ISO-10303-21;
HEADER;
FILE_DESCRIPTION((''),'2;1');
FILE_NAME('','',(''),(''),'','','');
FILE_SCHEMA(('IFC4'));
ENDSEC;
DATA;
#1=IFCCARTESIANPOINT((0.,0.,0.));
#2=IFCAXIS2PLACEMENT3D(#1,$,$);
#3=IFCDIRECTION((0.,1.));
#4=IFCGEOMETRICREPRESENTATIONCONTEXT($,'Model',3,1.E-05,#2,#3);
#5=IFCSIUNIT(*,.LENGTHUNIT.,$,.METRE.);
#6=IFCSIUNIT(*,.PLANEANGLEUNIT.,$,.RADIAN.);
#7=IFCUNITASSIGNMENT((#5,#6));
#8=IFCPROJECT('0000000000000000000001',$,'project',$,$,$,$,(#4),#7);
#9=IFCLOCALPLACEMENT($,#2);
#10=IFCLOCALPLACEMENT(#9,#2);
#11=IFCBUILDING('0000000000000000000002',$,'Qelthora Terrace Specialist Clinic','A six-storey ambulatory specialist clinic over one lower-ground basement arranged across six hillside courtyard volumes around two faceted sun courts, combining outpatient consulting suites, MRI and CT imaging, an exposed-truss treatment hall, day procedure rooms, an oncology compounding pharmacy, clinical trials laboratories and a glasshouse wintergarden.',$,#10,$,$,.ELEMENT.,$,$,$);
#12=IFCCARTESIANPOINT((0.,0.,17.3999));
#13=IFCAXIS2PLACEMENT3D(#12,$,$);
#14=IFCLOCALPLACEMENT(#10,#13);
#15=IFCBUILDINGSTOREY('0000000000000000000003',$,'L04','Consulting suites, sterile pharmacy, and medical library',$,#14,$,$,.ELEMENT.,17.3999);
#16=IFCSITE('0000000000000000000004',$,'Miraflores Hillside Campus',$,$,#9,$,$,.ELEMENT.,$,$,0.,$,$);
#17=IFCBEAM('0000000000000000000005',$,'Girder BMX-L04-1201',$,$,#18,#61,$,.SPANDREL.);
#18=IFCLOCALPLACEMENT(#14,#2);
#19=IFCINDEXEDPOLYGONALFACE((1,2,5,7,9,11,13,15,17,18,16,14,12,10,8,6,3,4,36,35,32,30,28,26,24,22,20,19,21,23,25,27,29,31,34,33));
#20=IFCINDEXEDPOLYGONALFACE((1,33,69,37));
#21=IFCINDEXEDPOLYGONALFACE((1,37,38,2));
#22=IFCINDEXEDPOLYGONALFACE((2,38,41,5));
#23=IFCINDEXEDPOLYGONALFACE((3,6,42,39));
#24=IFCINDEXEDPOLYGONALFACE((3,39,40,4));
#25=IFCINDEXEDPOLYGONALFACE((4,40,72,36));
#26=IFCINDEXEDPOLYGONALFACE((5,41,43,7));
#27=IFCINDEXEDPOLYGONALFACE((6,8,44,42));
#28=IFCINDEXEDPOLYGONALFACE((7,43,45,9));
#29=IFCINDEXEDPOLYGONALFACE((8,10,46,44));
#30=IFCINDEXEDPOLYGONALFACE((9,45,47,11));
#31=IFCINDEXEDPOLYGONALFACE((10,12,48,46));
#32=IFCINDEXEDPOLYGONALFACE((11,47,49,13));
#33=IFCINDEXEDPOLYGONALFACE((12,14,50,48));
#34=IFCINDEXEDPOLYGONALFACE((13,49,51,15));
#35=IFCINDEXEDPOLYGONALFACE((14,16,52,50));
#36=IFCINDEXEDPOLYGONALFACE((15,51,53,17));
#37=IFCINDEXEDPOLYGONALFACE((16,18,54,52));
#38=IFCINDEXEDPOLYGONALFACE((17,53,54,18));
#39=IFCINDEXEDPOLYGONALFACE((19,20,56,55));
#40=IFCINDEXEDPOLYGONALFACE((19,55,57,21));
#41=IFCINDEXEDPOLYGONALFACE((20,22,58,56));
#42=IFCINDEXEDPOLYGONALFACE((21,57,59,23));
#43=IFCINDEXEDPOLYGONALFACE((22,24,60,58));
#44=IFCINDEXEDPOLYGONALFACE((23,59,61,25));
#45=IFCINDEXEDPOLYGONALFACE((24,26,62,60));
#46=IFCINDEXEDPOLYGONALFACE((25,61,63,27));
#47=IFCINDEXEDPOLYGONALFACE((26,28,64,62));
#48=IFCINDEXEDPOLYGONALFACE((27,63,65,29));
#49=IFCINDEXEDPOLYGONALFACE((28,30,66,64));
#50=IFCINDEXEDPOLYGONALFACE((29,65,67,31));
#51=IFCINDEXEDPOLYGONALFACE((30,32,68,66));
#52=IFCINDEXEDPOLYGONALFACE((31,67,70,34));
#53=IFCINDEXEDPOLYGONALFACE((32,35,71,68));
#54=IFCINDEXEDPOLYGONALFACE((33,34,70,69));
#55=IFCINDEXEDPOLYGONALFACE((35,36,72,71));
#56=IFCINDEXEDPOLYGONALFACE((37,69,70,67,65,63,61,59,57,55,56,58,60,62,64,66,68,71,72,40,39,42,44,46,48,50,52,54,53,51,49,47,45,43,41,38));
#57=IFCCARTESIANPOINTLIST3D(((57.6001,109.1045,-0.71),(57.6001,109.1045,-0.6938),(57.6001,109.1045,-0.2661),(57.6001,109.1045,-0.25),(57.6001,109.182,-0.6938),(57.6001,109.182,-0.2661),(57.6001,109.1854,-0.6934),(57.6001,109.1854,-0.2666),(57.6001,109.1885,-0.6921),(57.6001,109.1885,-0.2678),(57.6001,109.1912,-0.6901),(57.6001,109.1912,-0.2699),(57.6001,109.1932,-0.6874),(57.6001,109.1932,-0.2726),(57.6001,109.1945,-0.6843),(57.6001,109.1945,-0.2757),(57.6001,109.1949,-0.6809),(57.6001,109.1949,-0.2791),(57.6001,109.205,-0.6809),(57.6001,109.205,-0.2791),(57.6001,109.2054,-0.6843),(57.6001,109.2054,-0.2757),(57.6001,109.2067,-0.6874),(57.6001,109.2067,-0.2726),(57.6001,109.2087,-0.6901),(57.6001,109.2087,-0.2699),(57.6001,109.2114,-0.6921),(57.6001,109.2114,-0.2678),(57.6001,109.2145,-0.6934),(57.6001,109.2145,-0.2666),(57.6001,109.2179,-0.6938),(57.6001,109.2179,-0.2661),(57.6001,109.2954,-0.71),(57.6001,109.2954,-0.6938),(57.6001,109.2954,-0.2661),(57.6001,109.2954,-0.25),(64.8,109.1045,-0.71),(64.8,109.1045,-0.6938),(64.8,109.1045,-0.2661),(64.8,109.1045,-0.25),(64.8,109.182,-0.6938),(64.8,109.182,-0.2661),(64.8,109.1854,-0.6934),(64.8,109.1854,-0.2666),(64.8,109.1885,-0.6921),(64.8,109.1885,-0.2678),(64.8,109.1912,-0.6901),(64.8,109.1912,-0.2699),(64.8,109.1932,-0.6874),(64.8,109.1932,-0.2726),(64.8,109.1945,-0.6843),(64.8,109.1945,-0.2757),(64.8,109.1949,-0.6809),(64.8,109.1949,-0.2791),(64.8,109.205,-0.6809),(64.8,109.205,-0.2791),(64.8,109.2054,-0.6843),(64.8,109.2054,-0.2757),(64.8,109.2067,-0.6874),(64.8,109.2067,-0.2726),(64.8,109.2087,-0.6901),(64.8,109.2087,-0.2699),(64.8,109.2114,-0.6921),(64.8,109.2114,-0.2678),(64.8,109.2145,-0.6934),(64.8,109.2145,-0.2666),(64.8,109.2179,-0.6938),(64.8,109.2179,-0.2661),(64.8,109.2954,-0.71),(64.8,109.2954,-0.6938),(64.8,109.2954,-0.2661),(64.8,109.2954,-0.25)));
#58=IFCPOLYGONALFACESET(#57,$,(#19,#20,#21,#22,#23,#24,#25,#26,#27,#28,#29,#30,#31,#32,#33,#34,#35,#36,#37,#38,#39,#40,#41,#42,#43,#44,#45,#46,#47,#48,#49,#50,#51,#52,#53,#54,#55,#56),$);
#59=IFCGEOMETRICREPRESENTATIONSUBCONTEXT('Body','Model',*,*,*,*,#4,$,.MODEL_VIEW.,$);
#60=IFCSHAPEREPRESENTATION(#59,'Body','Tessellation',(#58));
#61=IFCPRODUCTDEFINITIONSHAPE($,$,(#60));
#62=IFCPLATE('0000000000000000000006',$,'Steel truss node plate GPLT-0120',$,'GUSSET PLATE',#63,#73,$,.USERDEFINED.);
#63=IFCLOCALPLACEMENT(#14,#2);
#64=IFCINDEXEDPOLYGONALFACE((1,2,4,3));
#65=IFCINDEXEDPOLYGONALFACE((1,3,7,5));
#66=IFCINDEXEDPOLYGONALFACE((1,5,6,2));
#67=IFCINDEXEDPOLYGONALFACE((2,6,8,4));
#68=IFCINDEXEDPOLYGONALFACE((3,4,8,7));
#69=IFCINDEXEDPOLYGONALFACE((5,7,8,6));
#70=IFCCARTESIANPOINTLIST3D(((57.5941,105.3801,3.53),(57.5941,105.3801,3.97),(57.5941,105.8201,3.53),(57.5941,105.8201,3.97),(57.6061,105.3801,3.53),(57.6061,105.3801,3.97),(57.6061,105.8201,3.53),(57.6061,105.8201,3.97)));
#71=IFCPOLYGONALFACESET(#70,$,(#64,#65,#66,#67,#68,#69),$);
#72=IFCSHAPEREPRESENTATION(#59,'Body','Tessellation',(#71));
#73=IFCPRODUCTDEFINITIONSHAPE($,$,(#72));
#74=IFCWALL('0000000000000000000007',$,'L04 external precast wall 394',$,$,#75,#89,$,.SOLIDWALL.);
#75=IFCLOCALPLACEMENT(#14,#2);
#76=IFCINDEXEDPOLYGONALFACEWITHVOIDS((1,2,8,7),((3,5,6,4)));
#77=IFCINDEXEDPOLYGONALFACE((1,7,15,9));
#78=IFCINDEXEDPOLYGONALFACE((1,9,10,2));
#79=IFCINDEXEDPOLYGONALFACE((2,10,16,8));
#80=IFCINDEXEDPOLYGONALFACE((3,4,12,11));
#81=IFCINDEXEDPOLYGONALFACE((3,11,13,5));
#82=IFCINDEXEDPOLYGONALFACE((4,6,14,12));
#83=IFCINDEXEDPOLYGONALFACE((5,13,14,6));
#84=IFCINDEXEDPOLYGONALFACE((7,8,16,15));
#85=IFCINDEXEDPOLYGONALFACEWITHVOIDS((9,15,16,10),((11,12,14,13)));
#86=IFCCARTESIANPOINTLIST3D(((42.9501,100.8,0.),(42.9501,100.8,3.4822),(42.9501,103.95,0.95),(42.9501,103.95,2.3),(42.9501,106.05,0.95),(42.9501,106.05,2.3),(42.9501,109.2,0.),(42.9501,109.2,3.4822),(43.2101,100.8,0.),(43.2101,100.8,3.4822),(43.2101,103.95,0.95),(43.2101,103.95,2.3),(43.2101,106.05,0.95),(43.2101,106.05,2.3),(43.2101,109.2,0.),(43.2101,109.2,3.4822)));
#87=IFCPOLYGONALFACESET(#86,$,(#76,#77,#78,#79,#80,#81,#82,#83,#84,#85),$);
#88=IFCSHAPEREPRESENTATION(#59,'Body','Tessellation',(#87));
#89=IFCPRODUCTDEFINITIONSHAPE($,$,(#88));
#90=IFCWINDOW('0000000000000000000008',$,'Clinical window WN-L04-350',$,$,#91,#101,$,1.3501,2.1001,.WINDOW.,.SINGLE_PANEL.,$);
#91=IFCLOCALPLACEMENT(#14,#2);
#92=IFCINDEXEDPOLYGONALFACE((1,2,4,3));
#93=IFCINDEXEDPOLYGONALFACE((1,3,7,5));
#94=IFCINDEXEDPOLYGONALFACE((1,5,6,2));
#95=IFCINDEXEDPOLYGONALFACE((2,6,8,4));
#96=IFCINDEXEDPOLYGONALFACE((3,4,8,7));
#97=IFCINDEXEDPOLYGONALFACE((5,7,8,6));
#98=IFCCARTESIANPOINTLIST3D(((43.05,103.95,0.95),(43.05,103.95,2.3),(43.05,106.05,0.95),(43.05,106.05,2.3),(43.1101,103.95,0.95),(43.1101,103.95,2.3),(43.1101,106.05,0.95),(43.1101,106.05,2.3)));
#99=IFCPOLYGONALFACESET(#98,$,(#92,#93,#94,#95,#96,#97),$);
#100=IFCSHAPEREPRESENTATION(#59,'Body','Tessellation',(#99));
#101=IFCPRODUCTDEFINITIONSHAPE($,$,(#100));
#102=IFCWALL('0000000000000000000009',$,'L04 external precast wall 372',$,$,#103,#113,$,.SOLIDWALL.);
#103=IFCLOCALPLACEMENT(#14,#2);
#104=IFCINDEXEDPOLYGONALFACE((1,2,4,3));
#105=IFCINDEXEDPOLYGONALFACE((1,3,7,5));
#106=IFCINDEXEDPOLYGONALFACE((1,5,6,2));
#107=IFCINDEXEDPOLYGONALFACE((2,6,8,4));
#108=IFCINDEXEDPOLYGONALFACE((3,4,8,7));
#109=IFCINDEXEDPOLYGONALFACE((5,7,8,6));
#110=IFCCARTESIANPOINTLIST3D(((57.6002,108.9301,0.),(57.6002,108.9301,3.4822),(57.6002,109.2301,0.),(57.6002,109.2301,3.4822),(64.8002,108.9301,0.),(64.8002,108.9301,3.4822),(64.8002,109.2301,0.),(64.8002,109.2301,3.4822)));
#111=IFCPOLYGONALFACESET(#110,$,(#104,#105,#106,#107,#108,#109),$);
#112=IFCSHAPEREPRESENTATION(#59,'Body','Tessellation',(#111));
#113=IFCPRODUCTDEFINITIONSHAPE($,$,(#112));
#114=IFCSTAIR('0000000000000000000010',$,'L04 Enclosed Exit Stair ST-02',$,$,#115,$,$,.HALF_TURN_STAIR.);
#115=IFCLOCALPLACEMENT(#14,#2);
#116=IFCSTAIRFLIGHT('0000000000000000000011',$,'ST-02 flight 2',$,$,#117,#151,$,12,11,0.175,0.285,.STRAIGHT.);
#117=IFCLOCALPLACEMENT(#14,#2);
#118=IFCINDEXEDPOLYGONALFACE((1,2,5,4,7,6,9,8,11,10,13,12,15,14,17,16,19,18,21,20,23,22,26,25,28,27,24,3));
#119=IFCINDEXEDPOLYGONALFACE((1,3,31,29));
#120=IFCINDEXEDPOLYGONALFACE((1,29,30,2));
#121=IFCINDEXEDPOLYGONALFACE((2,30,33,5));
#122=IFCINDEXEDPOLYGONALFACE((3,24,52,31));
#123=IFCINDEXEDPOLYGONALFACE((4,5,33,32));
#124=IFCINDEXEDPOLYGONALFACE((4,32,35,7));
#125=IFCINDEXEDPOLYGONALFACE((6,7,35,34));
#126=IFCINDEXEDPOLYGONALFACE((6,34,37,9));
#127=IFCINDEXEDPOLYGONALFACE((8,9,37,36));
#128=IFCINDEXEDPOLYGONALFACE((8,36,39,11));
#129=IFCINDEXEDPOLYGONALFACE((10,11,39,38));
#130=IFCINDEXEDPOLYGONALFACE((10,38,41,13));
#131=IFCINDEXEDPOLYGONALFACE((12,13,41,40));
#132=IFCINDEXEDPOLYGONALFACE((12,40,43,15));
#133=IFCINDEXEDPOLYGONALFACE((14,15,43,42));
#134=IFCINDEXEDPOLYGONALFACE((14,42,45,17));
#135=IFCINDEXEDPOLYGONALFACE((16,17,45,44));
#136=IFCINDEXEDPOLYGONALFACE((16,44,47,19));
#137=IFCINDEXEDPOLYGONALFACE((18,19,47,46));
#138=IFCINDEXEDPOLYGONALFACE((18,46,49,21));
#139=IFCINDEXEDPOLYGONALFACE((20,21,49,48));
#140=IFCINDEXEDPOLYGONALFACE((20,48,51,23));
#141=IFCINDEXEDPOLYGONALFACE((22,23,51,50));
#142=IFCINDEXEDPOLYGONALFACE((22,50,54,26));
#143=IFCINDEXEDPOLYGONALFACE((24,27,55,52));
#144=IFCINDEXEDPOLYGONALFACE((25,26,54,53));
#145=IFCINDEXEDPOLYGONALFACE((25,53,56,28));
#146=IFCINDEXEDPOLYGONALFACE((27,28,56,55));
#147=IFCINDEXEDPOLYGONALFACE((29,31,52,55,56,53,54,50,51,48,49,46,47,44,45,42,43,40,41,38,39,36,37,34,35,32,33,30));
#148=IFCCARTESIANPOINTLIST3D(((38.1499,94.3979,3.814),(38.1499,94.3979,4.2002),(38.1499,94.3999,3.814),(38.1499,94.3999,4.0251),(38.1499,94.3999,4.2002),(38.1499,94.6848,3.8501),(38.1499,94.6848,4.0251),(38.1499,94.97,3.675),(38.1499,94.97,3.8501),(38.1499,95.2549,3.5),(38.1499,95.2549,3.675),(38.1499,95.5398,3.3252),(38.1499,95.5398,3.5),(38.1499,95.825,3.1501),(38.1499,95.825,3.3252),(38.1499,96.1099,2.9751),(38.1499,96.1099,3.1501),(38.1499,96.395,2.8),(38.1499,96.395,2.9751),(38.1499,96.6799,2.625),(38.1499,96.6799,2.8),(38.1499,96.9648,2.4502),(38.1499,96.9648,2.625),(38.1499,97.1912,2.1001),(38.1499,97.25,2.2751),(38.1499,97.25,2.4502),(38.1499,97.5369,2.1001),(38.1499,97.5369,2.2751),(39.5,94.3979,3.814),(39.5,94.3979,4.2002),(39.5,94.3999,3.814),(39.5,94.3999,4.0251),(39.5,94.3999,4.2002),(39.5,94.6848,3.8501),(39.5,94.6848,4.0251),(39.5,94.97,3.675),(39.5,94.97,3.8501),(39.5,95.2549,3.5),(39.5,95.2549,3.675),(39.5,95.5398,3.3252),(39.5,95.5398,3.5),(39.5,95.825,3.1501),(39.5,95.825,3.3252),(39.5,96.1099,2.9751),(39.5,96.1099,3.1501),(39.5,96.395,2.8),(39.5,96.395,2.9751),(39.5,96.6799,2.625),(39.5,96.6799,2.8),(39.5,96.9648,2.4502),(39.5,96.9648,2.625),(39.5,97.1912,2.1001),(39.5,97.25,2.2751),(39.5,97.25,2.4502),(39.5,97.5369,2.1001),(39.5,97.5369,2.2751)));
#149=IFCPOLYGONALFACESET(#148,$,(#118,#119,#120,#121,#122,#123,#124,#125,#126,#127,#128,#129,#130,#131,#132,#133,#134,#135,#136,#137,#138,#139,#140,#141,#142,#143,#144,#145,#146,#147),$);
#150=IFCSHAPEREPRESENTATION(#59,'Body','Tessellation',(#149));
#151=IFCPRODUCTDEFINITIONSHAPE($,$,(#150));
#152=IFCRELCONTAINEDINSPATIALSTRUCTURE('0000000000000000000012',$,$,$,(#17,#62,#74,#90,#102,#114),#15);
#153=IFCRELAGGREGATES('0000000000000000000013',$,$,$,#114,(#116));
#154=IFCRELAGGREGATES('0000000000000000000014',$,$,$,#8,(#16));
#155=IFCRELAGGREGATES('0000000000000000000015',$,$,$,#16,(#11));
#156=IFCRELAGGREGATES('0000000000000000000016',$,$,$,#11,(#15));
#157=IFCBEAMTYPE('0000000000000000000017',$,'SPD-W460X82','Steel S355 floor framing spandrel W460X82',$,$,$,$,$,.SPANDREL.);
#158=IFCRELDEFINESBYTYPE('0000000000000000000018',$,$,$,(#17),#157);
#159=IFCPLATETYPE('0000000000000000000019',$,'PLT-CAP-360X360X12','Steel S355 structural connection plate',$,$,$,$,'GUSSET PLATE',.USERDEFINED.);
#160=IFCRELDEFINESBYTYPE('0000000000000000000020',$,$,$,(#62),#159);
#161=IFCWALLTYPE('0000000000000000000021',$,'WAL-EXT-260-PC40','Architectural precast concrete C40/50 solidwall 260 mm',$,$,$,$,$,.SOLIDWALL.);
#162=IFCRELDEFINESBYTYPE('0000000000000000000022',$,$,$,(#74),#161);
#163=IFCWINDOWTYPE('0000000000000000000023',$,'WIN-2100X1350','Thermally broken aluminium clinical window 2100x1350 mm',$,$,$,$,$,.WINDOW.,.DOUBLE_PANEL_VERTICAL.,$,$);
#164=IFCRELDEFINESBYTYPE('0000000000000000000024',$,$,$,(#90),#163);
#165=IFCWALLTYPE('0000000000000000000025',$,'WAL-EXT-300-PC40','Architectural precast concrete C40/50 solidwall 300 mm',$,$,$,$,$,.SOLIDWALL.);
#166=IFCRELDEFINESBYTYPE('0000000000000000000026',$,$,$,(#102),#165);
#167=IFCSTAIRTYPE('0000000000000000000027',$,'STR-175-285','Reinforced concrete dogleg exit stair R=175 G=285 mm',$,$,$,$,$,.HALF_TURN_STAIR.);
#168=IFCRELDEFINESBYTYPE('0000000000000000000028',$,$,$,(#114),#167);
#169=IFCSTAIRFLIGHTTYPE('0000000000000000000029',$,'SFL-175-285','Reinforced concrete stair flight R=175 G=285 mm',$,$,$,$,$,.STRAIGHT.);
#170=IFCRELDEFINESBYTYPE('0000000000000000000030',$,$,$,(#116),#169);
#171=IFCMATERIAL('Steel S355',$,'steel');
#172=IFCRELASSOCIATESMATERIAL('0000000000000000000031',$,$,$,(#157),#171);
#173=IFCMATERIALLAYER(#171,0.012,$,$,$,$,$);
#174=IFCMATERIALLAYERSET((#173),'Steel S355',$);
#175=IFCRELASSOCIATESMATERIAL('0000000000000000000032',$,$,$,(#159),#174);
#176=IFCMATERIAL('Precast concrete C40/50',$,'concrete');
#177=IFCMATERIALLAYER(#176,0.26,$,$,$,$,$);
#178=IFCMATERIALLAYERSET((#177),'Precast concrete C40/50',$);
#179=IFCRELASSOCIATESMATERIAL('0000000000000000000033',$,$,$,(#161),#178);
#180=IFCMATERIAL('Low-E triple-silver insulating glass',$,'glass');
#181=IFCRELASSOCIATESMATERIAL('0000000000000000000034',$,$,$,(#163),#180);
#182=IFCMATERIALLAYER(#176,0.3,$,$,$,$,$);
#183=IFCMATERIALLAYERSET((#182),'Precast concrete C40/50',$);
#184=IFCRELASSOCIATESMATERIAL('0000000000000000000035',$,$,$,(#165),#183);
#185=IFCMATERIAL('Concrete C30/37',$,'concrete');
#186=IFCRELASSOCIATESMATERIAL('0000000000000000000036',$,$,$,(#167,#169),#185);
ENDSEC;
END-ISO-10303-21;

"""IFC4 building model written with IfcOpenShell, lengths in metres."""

from ifc_helpers import new_model, si_unit, direction, frame, frame_2d, origin, origin_2d, place, context, subcontext, project, spatial, polyline, rectangle, i_section, outline, extrude, material, layer, layer_set, material_profile, profile_set, type_object, element, fill, aggregate, save


model = new_model("IFC4")

# Units and contexts
model_context = context("Model", 3, precision=1e-05, world=origin(), true_north=direction((0.0, 1.0)))
body_context = subcontext(model_context, "Body", "Model", "MODEL_VIEW")
ifc_project = project(units=[si_unit("LENGTHUNIT", "METRE"), si_unit("PLANEANGLEUNIT", "RADIAN")], contexts=[model_context])

# Site, building, storey
site_placement = place(None, origin())
site = spatial("IfcSite", under=ifc_project, at=site_placement, Name="Miraflores Hillside Campus", CompositionType="ELEMENT", RefElevation=0.0)
building_placement = place(site_placement, origin())
building = spatial("IfcBuilding", under=site, at=building_placement, Name="Qelthora Terrace Specialist Clinic", Description="A six-storey ambulatory specialist clinic over one lower-ground basement arranged across six hillside courtyard volumes around two faceted sun courts, combining outpatient consulting suites, MRI and CT imaging, an exposed-truss treatment hall, day procedure rooms, an oncology compounding pharmacy, clinical trials laboratories and a glasshouse wintergarden.", CompositionType="ELEMENT")
storey_placement = place(building_placement, frame((0.0, 0.0, 17.3999)))
storey = spatial("IfcBuildingStorey", under=building, at=storey_placement, Name="L04", Description="Consulting suites, sterile pharmacy, and medical library", CompositionType="ELEMENT", Elevation=17.3999)

# Shared definitions
ifc_material_1 = material(Name="Steel S355", Category="steel")

# Beam
ifc_material_profile_1 = material_profile(ifc_material_1, i_section(OverallWidth=0.1909, OverallDepth=0.46, WebThickness=0.01, FlangeThickness=0.0161, FilletRadius=0.0129, at=origin_2d()), Name="W460X82")
ifc_profile_set_1 = profile_set([ifc_material_profile_1], Name="Steel S355")
beam_type_1 = type_object("IfcBeamType", Name="SPD-W460X82", Description="Steel S355 floor framing spandrel W460X82", PredefinedType="SPANDREL", material=ifc_profile_set_1)
beam_1_placement = place(storey_placement, frame((57.6001, 109.2, -0.48), z_axis=(1.0, 0.0, 0.0), x_axis=(0.0, 1.0, 0.0)))
element("IfcBeam", 1, at=beam_1_placement, inside=storey, type_object=beam_type_1, Name="Girder BMX-L04-1201", PredefinedType="SPANDREL", context=body_context, shape_type="SweptSolid", body=[
    extrude(i_section(OverallWidth=0.1909, OverallDepth=0.46, WebThickness=0.01, FlangeThickness=0.0161, FilletRadius=0.0129, at=origin_2d()), origin(), (0.0, 0.0, 1.0), 7.2),
])

# Plate
ifc_layer_1 = layer(ifc_material_1, 0.012)
ifc_layer_set_1 = layer_set([ifc_layer_1], Name="Steel S355")
plate_type = type_object("IfcPlateType", Name="PLT-CAP-360X360X12", Description="Steel S355 structural connection plate", ElementType="GUSSET PLATE", PredefinedType="USERDEFINED", material=ifc_layer_set_1)
plate_placement = place(storey_placement, frame((57.6001, 105.6001, 3.53), z_axis=(0.0, 0.0, 1.0), x_axis=(1.0, 0.0, 0.0)))
element("IfcPlate", 2, at=plate_placement, inside=storey, type_object=plate_type, Name="Steel truss node plate GPLT-0120", ObjectType="GUSSET PLATE", PredefinedType="USERDEFINED", context=body_context, shape_type="SweptSolid", body=[
    extrude(rectangle(XDim=0.012, YDim=0.4399, at=origin_2d()), origin(), (0.0, 0.0, 1.0), 0.4399),
])

# Wall, opening, window
ifc_material_2 = material(Name="Precast concrete C40/50", Category="concrete")
ifc_layer_2 = layer(ifc_material_2, 0.26)
ifc_layer_set_2 = layer_set([ifc_layer_2], Name="Precast concrete C40/50")
wall_type_1 = type_object("IfcWallType", Name="WAL-EXT-260-PC40", Description="Architectural precast concrete C40/50 solidwall 260 mm", PredefinedType="SOLIDWALL", material=ifc_layer_set_2)
wall_1_placement = place(storey_placement, frame((43.0801, 100.8, 0.0), z_axis=(0.0, 0.0, 1.0), x_axis=(0.0, 1.0, 0.0)))
wall_1 = element("IfcWall", 3, at=wall_1_placement, inside=storey, type_object=wall_type_1, Name="L04 external precast wall 394", PredefinedType="SOLIDWALL", context=body_context, shape_type="SweptSolid", body=[
    extrude(rectangle(XDim=8.3999, YDim=0.26, at=frame_2d((4.2, 0.0))), origin(), (0.0, 0.0, 1.0), 3.4822),
])
opening_placement = place(wall_1_placement, frame((3.1499, 0.0, 0.95)))
opening = element("IfcOpeningElement", 4, at=opening_placement, cuts=wall_1, PredefinedType="OPENING", context=body_context, shape_type="SweptSolid", body=[
    extrude(rectangle(XDim=2.1001, YDim=1.3501, at=frame_2d((1.05, 0.675))), frame((0.0, 0.1399, 0.0), z_axis=(0.0, -1.0, 0.0), x_axis=(1.0, 0.0, 0.0)), (0.0, 0.0, 1.0), 0.28),
])
ifc_material_3 = material(Name="Low-E triple-silver insulating glass", Category="glass")
window_type = type_object("IfcWindowType", Name="WIN-2100X1350", Description="Thermally broken aluminium clinical window 2100x1350 mm", PartitioningType="DOUBLE_PANEL_VERTICAL", PredefinedType="WINDOW", material=ifc_material_3)
window_placement = place(opening_placement, origin())
window = element("IfcWindow", 5, at=window_placement, inside=storey, type_object=window_type, Name="Clinical window WN-L04-350", OverallHeight=1.3501, OverallWidth=2.1001, PartitioningType="SINGLE_PANEL", PredefinedType="WINDOW", context=body_context, shape_type="SweptSolid", body=[
    extrude(rectangle(XDim=2.1001, YDim=1.3501, at=frame_2d((1.05, 0.675))), frame((0.0, 0.03, 0.0), z_axis=(0.0, -1.0, 0.0), x_axis=(1.0, 0.0, 0.0)), (0.0, 0.0, 1.0), 0.0601),
])
fill(opening, window)

# Wall
ifc_layer_3 = layer(ifc_material_2, 0.3)
ifc_layer_set_3 = layer_set([ifc_layer_3], Name="Precast concrete C40/50")
wall_type_2 = type_object("IfcWallType", Name="WAL-EXT-300-PC40", Description="Architectural precast concrete C40/50 solidwall 300 mm", PredefinedType="SOLIDWALL", material=ifc_layer_set_3)
wall_2_placement = place(storey_placement, frame((57.6001, 109.0801, 0.0), z_axis=(0.0, 0.0, 1.0), x_axis=(1.0, 0.0, 0.0)))
element("IfcWall", 6, at=wall_2_placement, inside=storey, type_object=wall_type_2, Name="L04 external precast wall 372", PredefinedType="SOLIDWALL", context=body_context, shape_type="SweptSolid", body=[
    extrude(rectangle(XDim=7.2, YDim=0.3, at=frame_2d((3.6001, 0.0))), origin(), (0.0, 0.0, 1.0), 3.4822),
])

# Stair, stair flight
ifc_material_4 = material(Name="Concrete C30/37", Category="concrete")
stair_type = type_object("IfcStairType", Name="STR-175-285", Description="Reinforced concrete dogleg exit stair R=175 G=285 mm", PredefinedType="HALF_TURN_STAIR", material=ifc_material_4)
stair_placement = place(storey_placement, origin())
stair = element("IfcStair", 7, at=stair_placement, inside=storey, type_object=stair_type, Name="L04 Enclosed Exit Stair ST-02", PredefinedType="HALF_TURN_STAIR")
stair_flight_type = type_object("IfcStairFlightType", Name="SFL-175-285", Description="Reinforced concrete stair flight R=175 G=285 mm", PredefinedType="STRAIGHT", material=ifc_material_4)
stair_flight_placement = place(storey_placement, frame((38.825, 97.5349, 2.1001), z_axis=(0.0, 0.0, 1.0), x_axis=(0.0, -1.0, 0.0)))
stair_flight = element("IfcStairFlight", 8, at=stair_flight_placement, type_object=stair_flight_type, Name="ST-02 flight 2", NumberOfRisers=12, NumberOfTreads=11, PredefinedType="STRAIGHT", RiserHeight=0.175, TreadLength=0.285, context=body_context, shape_type="SweptSolid", body=[
    extrude(outline(polyline([(-0.002, 0.0), (-0.002, 0.175), (0.2849, 0.175), (0.2849, 0.3501), (0.5701, 0.3501), (0.5701, 0.5249), (0.855, 0.5249), (0.855, 0.7), (1.1399, 0.7), (1.1399, 0.875), (1.425, 0.875), (1.425, 1.05), (1.71, 1.05), (1.71, 1.2251), (1.9951, 1.2251), (1.9951, 1.3999), (2.28, 1.3999), (2.28, 1.575), (2.5649, 1.575), (2.5649, 1.75), (2.8501, 1.75), (2.8501, 1.925), (3.135, 1.925), (3.135, 2.1001), (3.137, 2.1001), (3.137, 1.7139), (3.135, 1.7139), (0.3438, 0.0), (-0.002, 0.0)])), frame((0.0, 0.675, 0.0), z_axis=(0.0, -1.0, 0.0), x_axis=(1.0, 0.0, 0.0)), (0.0, 0.0, 1.0), 1.3501),
])
aggregate(stair, [stair_flight])

save(model, "model.ifc")
